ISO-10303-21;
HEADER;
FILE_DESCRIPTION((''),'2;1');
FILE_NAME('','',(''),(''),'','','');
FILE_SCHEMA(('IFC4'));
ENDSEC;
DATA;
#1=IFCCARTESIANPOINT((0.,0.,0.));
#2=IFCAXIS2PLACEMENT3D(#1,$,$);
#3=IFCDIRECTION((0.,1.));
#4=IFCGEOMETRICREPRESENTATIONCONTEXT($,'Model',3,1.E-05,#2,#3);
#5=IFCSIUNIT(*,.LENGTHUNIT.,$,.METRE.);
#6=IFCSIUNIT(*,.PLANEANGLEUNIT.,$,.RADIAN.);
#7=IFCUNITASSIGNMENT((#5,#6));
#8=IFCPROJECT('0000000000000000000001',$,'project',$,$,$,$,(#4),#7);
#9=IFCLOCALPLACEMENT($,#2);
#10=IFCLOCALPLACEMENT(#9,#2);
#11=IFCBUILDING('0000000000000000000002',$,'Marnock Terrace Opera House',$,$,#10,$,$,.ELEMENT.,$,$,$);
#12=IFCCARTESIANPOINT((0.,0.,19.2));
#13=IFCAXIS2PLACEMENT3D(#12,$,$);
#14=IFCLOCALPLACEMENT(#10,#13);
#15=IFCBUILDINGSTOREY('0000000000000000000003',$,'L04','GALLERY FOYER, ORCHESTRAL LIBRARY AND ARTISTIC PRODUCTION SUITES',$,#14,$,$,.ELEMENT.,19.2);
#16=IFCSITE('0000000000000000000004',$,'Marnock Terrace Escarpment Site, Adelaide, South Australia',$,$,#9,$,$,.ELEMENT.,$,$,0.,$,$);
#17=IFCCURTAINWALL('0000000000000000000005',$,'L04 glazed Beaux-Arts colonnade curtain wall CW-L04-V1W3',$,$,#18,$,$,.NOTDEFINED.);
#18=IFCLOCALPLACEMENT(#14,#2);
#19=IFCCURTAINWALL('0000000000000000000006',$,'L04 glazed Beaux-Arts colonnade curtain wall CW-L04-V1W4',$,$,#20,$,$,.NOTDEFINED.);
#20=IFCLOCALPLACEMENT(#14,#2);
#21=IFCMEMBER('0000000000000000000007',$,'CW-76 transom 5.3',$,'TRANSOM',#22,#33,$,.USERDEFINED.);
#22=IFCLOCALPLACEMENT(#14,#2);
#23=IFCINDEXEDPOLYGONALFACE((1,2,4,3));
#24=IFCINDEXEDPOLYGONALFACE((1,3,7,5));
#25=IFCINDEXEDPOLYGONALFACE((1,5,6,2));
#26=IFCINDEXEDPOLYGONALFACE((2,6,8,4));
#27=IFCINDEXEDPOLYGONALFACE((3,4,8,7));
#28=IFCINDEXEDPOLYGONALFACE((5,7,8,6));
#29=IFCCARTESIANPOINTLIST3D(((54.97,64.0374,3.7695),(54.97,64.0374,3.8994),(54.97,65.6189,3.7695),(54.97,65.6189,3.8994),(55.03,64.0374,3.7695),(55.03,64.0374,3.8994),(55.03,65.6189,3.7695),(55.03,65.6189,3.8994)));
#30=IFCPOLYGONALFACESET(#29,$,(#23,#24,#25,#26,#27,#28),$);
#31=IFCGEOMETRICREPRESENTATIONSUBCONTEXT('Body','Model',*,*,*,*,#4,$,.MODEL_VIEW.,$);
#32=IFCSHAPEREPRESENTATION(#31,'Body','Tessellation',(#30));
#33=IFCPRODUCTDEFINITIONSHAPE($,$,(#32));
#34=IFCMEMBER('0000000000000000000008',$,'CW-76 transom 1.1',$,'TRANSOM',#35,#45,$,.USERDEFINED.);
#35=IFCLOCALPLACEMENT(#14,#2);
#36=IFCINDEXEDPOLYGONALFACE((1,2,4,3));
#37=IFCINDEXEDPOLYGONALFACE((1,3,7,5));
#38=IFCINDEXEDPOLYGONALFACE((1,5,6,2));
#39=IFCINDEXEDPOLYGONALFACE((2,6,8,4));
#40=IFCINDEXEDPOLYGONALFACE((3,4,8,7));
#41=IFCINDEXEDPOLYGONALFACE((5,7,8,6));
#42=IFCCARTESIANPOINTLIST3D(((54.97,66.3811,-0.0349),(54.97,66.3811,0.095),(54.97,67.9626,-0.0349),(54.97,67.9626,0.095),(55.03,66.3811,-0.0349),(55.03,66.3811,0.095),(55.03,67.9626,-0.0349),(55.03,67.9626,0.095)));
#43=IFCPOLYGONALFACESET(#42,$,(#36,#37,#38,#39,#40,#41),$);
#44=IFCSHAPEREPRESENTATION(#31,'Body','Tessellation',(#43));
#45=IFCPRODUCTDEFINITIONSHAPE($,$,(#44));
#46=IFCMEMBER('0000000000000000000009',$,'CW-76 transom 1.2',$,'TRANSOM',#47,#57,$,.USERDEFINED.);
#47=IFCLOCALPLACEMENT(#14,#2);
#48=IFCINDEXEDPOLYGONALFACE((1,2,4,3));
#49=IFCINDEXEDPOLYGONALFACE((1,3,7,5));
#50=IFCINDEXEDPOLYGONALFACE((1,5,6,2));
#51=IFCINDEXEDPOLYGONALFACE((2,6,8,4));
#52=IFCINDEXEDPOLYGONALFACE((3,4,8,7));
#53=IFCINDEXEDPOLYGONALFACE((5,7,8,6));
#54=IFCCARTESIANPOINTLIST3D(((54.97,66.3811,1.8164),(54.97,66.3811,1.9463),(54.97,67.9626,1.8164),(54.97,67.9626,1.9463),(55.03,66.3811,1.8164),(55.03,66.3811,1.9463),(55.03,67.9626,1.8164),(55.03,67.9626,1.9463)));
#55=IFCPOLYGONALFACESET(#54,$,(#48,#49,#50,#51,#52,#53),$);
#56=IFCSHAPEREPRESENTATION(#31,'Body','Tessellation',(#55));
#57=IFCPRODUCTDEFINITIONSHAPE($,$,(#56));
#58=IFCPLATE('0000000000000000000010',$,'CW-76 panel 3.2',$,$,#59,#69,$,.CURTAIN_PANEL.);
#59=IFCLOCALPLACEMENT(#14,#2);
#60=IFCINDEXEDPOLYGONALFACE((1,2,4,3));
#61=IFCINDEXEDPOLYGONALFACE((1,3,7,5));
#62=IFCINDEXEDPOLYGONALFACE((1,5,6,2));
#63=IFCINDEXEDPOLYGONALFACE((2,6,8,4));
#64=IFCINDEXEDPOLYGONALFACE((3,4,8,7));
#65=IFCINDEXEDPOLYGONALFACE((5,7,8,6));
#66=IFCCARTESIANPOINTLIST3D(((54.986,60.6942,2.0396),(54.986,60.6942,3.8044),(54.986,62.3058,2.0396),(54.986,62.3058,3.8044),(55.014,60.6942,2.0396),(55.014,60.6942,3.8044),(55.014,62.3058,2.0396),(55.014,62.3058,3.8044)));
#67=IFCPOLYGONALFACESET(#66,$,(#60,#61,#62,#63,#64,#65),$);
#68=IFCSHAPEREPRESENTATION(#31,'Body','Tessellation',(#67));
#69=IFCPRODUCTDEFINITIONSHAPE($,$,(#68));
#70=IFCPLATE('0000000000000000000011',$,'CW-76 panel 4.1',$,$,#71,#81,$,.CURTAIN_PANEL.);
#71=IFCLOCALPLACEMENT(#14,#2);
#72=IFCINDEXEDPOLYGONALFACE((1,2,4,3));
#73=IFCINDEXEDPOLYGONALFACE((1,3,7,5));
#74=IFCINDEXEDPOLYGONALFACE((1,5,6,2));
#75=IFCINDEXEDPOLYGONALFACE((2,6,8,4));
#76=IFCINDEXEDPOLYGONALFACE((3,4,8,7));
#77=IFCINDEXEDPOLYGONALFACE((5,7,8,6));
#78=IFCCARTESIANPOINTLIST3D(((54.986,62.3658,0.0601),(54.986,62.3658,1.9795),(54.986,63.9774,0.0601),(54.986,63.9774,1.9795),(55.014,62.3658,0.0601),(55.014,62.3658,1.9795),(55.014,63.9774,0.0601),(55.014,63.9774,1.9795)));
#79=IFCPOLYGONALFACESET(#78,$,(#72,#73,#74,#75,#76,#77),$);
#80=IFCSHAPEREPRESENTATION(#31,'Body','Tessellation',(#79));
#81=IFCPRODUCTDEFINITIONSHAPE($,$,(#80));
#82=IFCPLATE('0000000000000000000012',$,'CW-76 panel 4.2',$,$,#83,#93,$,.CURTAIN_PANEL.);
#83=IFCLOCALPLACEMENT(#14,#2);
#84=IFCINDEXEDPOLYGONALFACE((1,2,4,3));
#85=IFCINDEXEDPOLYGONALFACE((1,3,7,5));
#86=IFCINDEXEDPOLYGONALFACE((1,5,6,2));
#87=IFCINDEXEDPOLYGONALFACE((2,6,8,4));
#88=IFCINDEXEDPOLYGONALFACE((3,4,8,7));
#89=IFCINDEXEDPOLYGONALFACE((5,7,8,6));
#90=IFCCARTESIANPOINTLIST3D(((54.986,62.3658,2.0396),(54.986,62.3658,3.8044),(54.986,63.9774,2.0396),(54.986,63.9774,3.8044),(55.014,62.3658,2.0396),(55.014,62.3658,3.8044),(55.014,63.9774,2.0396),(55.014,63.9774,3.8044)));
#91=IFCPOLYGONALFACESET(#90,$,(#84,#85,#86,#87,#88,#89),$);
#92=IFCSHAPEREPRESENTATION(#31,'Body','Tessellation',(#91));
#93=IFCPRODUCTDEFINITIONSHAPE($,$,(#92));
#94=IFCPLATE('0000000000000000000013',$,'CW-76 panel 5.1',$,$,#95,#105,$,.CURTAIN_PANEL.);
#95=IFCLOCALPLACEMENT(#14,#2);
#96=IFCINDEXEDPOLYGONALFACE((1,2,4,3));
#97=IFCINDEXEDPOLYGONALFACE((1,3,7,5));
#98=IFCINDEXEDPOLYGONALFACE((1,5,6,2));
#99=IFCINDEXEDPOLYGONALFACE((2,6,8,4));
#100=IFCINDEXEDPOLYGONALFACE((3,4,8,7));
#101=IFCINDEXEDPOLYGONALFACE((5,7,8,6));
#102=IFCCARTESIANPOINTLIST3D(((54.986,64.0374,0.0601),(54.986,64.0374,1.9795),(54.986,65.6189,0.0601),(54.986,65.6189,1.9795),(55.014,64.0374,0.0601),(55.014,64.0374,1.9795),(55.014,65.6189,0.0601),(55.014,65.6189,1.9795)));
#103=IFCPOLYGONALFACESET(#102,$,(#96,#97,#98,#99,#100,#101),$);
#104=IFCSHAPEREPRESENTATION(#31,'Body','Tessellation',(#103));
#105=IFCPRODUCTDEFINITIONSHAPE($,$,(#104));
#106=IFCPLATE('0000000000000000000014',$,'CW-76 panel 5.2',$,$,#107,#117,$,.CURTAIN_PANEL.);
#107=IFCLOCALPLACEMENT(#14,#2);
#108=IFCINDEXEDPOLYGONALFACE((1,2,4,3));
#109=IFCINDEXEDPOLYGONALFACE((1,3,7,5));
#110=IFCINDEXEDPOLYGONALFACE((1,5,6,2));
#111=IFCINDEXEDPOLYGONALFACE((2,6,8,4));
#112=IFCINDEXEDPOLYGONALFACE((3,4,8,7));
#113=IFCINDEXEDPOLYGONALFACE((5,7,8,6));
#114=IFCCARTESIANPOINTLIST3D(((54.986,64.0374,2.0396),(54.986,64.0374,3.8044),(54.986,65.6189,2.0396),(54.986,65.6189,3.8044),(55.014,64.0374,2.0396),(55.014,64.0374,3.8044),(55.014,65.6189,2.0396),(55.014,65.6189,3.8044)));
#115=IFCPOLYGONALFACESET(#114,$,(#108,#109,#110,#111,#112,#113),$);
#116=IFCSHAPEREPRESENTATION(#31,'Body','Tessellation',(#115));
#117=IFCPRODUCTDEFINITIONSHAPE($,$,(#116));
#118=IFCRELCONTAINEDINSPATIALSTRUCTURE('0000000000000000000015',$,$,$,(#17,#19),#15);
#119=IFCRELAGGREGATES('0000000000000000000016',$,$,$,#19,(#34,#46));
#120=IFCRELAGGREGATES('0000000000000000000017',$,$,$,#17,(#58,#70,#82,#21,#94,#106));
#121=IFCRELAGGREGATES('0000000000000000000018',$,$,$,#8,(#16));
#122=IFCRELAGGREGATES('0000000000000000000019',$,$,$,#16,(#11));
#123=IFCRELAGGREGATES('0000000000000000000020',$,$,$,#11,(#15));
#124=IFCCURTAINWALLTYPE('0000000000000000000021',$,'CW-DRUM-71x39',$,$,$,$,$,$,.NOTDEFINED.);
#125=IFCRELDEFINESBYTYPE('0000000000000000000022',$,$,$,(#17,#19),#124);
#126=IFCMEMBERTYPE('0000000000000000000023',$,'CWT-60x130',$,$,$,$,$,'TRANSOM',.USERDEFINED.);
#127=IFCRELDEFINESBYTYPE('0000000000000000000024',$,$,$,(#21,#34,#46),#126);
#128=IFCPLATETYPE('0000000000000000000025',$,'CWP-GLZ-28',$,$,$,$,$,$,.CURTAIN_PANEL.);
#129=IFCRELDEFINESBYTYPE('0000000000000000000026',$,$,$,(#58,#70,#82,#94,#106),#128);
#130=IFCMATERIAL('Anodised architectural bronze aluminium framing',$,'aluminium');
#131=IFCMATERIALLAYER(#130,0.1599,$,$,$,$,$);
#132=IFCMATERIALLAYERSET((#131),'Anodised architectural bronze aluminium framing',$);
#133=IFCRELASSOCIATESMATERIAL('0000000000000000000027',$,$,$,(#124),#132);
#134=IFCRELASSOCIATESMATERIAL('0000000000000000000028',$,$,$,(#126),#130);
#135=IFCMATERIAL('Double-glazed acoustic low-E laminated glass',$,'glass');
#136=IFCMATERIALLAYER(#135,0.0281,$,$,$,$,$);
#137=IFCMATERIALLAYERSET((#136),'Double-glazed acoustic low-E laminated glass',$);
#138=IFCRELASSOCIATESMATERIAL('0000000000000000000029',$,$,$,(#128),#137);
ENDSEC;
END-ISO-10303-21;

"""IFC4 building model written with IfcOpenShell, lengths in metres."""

from ifc_helpers import new_model, si_unit, direction, frame, origin, origin_2d, place, context, subcontext, project, spatial, rectangle, extrude, material, layer, layer_set, material_profile, profile_set, type_object, element, aggregate, save


model = new_model("IFC4")

# Units and contexts
model_context = context("Model", 3, precision=1e-05, world=origin(), true_north=direction((0.0, 1.0)))
body_context = subcontext(model_context, "Body", "Model", "MODEL_VIEW")
ifc_project = project(units=[si_unit("LENGTHUNIT", "METRE"), si_unit("PLANEANGLEUNIT", "RADIAN")], contexts=[model_context])

# Site, building, storey
site_placement = place(None, origin())
site = spatial("IfcSite", under=ifc_project, at=site_placement, Name="Marnock Terrace Escarpment Site, Adelaide, South Australia", CompositionType="ELEMENT", RefElevation=0.0)
building_placement = place(site_placement, origin())
building = spatial("IfcBuilding", under=site, at=building_placement, Name="Marnock Terrace Opera House", CompositionType="ELEMENT")
storey_placement = place(building_placement, frame((0.0, 0.0, 19.2)))
storey = spatial("IfcBuildingStorey", under=building, at=storey_placement, Name="L04", Description="GALLERY FOYER, ORCHESTRAL LIBRARY AND ARTISTIC PRODUCTION SUITES", CompositionType="ELEMENT", Elevation=19.2)

# Curtain wall
ifc_material_1 = material(Name="Anodised architectural bronze aluminium framing", Category="aluminium")
ifc_layer_1 = layer(ifc_material_1, 0.1599)
ifc_layer_set_1 = layer_set([ifc_layer_1], Name="Anodised architectural bronze aluminium framing")
curtain_wall_type = type_object("IfcCurtainWallType", Name="CW-DRUM-71x39", PredefinedType="NOTDEFINED", material=ifc_layer_set_1)
curtain_wall_1_placement = place(storey_placement, origin())
curtain_wall_1 = element("IfcCurtainWall", 1, at=curtain_wall_1_placement, inside=storey, type_object=curtain_wall_type, Name="L04 glazed Beaux-Arts colonnade curtain wall CW-L04-V1W3", PredefinedType="NOTDEFINED")

# Curtain wall
curtain_wall_2_placement = place(storey_placement, origin())
curtain_wall_2 = element("IfcCurtainWall", 2, at=curtain_wall_2_placement, inside=storey, type_object=curtain_wall_type, Name="L04 glazed Beaux-Arts colonnade curtain wall CW-L04-V1W4", PredefinedType="NOTDEFINED")

# Members
ifc_material_profile_1 = material_profile(ifc_material_1, rectangle(XDim=0.0601, YDim=0.1299, at=origin_2d()))
ifc_profile_set_1 = profile_set([ifc_material_profile_1], Name="Anodised architectural bronze aluminium framing")
member_type_1 = type_object("IfcMemberType", Name="CWT-60x130", ElementType="TRANSOM", PredefinedType="USERDEFINED", material=ifc_profile_set_1)
member_1_placement = place(storey_placement, frame((55.0, 64.0374, 3.8345), z_axis=(0.0, 1.0, 0.0), x_axis=(-1.0, 0.0, 0.0)))
member_1 = element("IfcMember", 3, at=member_1_placement, type_object=member_type_1, Name="CW-76 transom 5.3", ObjectType="TRANSOM", PredefinedType="USERDEFINED", context=body_context, shape_type="SweptSolid", body=[
    extrude(rectangle(XDim=0.0601, YDim=0.1299, at=origin_2d()), origin(), (0.0, 0.0, 1.0), 1.5815),
])
member_2_placement = place(storey_placement, frame((55.0, 66.3811, 0.03), z_axis=(0.0, 1.0, 0.0), x_axis=(-1.0, 0.0, 0.0)))
member_2 = element("IfcMember", 4, at=member_2_placement, type_object=member_type_1, Name="CW-76 transom 1.1", ObjectType="TRANSOM", PredefinedType="USERDEFINED", context=body_context, shape_type="SweptSolid", body=[
    extrude(rectangle(XDim=0.0601, YDim=0.1299, at=origin_2d()), origin(), (0.0, 0.0, 1.0), 1.5815),
])
member_3_placement = place(storey_placement, frame((55.0, 66.3811, 1.8813), z_axis=(0.0, 1.0, 0.0), x_axis=(-1.0, 0.0, 0.0)))
member_3 = element("IfcMember", 5, at=member_3_placement, type_object=member_type_1, Name="CW-76 transom 1.2", ObjectType="TRANSOM", PredefinedType="USERDEFINED", context=body_context, shape_type="SweptSolid", body=[
    extrude(rectangle(XDim=0.0601, YDim=0.1299, at=origin_2d()), origin(), (0.0, 0.0, 1.0), 1.5815),
])
aggregate(curtain_wall_2, [member_2, member_3])

# Plates
ifc_material_2 = material(Name="Double-glazed acoustic low-E laminated glass", Category="glass")
ifc_layer_2 = layer(ifc_material_2, 0.0281)
ifc_layer_set_2 = layer_set([ifc_layer_2], Name="Double-glazed acoustic low-E laminated glass")
plate_type = type_object("IfcPlateType", Name="CWP-GLZ-28", PredefinedType="CURTAIN_PANEL", material=ifc_layer_set_2)
plate_1_placement = place(storey_placement, frame((55.0, 61.5, 2.0396), z_axis=(0.0, 0.0, 1.0), x_axis=(0.0, 1.0, 0.0)))
plate_1 = element("IfcPlate", 6, at=plate_1_placement, type_object=plate_type, Name="CW-76 panel 3.2", PredefinedType="CURTAIN_PANEL", context=body_context, shape_type="SweptSolid", body=[
    extrude(rectangle(XDim=1.6116, YDim=0.0281, at=origin_2d()), origin(), (0.0, 0.0, 1.0), 1.7649),
])
plate_2_placement = place(storey_placement, frame((55.0, 63.1716, 0.0601), z_axis=(0.0, 0.0, 1.0), x_axis=(0.0, 1.0, 0.0)))
plate_2 = element("IfcPlate", 7, at=plate_2_placement, type_object=plate_type, Name="CW-76 panel 4.1", PredefinedType="CURTAIN_PANEL", context=body_context, shape_type="SweptSolid", body=[
    extrude(rectangle(XDim=1.6116, YDim=0.0281, at=origin_2d()), origin(), (0.0, 0.0, 1.0), 1.9194),
])
plate_3_placement = place(storey_placement, frame((55.0, 63.1716, 2.0396), z_axis=(0.0, 0.0, 1.0), x_axis=(0.0, 1.0, 0.0)))
plate_3 = element("IfcPlate", 8, at=plate_3_placement, type_object=plate_type, Name="CW-76 panel 4.2", PredefinedType="CURTAIN_PANEL", context=body_context, shape_type="SweptSolid", body=[
    extrude(rectangle(XDim=1.6116, YDim=0.0281, at=origin_2d()), origin(), (0.0, 0.0, 1.0), 1.7649),
])
plate_4_placement = place(storey_placement, frame((55.0, 64.8281, 0.0601), z_axis=(0.0, 0.0, 1.0), x_axis=(0.0, 1.0, 0.0)))
plate_4 = element("IfcPlate", 9, at=plate_4_placement, type_object=plate_type, Name="CW-76 panel 5.1", PredefinedType="CURTAIN_PANEL", context=body_context, shape_type="SweptSolid", body=[
    extrude(rectangle(XDim=1.5815, YDim=0.0281, at=origin_2d()), origin(), (0.0, 0.0, 1.0), 1.9194),
])
plate_5_placement = place(storey_placement, frame((55.0, 64.8281, 2.0396), z_axis=(0.0, 0.0, 1.0), x_axis=(0.0, 1.0, 0.0)))
plate_5 = element("IfcPlate", 10, at=plate_5_placement, type_object=plate_type, Name="CW-76 panel 5.2", PredefinedType="CURTAIN_PANEL", context=body_context, shape_type="SweptSolid", body=[
    extrude(rectangle(XDim=1.5815, YDim=0.0281, at=origin_2d()), origin(), (0.0, 0.0, 1.0), 1.7649),
])
aggregate(curtain_wall_1, [plate_1, plate_2, plate_3, member_1, plate_4, plate_5])

save(model, "model.ifc")
